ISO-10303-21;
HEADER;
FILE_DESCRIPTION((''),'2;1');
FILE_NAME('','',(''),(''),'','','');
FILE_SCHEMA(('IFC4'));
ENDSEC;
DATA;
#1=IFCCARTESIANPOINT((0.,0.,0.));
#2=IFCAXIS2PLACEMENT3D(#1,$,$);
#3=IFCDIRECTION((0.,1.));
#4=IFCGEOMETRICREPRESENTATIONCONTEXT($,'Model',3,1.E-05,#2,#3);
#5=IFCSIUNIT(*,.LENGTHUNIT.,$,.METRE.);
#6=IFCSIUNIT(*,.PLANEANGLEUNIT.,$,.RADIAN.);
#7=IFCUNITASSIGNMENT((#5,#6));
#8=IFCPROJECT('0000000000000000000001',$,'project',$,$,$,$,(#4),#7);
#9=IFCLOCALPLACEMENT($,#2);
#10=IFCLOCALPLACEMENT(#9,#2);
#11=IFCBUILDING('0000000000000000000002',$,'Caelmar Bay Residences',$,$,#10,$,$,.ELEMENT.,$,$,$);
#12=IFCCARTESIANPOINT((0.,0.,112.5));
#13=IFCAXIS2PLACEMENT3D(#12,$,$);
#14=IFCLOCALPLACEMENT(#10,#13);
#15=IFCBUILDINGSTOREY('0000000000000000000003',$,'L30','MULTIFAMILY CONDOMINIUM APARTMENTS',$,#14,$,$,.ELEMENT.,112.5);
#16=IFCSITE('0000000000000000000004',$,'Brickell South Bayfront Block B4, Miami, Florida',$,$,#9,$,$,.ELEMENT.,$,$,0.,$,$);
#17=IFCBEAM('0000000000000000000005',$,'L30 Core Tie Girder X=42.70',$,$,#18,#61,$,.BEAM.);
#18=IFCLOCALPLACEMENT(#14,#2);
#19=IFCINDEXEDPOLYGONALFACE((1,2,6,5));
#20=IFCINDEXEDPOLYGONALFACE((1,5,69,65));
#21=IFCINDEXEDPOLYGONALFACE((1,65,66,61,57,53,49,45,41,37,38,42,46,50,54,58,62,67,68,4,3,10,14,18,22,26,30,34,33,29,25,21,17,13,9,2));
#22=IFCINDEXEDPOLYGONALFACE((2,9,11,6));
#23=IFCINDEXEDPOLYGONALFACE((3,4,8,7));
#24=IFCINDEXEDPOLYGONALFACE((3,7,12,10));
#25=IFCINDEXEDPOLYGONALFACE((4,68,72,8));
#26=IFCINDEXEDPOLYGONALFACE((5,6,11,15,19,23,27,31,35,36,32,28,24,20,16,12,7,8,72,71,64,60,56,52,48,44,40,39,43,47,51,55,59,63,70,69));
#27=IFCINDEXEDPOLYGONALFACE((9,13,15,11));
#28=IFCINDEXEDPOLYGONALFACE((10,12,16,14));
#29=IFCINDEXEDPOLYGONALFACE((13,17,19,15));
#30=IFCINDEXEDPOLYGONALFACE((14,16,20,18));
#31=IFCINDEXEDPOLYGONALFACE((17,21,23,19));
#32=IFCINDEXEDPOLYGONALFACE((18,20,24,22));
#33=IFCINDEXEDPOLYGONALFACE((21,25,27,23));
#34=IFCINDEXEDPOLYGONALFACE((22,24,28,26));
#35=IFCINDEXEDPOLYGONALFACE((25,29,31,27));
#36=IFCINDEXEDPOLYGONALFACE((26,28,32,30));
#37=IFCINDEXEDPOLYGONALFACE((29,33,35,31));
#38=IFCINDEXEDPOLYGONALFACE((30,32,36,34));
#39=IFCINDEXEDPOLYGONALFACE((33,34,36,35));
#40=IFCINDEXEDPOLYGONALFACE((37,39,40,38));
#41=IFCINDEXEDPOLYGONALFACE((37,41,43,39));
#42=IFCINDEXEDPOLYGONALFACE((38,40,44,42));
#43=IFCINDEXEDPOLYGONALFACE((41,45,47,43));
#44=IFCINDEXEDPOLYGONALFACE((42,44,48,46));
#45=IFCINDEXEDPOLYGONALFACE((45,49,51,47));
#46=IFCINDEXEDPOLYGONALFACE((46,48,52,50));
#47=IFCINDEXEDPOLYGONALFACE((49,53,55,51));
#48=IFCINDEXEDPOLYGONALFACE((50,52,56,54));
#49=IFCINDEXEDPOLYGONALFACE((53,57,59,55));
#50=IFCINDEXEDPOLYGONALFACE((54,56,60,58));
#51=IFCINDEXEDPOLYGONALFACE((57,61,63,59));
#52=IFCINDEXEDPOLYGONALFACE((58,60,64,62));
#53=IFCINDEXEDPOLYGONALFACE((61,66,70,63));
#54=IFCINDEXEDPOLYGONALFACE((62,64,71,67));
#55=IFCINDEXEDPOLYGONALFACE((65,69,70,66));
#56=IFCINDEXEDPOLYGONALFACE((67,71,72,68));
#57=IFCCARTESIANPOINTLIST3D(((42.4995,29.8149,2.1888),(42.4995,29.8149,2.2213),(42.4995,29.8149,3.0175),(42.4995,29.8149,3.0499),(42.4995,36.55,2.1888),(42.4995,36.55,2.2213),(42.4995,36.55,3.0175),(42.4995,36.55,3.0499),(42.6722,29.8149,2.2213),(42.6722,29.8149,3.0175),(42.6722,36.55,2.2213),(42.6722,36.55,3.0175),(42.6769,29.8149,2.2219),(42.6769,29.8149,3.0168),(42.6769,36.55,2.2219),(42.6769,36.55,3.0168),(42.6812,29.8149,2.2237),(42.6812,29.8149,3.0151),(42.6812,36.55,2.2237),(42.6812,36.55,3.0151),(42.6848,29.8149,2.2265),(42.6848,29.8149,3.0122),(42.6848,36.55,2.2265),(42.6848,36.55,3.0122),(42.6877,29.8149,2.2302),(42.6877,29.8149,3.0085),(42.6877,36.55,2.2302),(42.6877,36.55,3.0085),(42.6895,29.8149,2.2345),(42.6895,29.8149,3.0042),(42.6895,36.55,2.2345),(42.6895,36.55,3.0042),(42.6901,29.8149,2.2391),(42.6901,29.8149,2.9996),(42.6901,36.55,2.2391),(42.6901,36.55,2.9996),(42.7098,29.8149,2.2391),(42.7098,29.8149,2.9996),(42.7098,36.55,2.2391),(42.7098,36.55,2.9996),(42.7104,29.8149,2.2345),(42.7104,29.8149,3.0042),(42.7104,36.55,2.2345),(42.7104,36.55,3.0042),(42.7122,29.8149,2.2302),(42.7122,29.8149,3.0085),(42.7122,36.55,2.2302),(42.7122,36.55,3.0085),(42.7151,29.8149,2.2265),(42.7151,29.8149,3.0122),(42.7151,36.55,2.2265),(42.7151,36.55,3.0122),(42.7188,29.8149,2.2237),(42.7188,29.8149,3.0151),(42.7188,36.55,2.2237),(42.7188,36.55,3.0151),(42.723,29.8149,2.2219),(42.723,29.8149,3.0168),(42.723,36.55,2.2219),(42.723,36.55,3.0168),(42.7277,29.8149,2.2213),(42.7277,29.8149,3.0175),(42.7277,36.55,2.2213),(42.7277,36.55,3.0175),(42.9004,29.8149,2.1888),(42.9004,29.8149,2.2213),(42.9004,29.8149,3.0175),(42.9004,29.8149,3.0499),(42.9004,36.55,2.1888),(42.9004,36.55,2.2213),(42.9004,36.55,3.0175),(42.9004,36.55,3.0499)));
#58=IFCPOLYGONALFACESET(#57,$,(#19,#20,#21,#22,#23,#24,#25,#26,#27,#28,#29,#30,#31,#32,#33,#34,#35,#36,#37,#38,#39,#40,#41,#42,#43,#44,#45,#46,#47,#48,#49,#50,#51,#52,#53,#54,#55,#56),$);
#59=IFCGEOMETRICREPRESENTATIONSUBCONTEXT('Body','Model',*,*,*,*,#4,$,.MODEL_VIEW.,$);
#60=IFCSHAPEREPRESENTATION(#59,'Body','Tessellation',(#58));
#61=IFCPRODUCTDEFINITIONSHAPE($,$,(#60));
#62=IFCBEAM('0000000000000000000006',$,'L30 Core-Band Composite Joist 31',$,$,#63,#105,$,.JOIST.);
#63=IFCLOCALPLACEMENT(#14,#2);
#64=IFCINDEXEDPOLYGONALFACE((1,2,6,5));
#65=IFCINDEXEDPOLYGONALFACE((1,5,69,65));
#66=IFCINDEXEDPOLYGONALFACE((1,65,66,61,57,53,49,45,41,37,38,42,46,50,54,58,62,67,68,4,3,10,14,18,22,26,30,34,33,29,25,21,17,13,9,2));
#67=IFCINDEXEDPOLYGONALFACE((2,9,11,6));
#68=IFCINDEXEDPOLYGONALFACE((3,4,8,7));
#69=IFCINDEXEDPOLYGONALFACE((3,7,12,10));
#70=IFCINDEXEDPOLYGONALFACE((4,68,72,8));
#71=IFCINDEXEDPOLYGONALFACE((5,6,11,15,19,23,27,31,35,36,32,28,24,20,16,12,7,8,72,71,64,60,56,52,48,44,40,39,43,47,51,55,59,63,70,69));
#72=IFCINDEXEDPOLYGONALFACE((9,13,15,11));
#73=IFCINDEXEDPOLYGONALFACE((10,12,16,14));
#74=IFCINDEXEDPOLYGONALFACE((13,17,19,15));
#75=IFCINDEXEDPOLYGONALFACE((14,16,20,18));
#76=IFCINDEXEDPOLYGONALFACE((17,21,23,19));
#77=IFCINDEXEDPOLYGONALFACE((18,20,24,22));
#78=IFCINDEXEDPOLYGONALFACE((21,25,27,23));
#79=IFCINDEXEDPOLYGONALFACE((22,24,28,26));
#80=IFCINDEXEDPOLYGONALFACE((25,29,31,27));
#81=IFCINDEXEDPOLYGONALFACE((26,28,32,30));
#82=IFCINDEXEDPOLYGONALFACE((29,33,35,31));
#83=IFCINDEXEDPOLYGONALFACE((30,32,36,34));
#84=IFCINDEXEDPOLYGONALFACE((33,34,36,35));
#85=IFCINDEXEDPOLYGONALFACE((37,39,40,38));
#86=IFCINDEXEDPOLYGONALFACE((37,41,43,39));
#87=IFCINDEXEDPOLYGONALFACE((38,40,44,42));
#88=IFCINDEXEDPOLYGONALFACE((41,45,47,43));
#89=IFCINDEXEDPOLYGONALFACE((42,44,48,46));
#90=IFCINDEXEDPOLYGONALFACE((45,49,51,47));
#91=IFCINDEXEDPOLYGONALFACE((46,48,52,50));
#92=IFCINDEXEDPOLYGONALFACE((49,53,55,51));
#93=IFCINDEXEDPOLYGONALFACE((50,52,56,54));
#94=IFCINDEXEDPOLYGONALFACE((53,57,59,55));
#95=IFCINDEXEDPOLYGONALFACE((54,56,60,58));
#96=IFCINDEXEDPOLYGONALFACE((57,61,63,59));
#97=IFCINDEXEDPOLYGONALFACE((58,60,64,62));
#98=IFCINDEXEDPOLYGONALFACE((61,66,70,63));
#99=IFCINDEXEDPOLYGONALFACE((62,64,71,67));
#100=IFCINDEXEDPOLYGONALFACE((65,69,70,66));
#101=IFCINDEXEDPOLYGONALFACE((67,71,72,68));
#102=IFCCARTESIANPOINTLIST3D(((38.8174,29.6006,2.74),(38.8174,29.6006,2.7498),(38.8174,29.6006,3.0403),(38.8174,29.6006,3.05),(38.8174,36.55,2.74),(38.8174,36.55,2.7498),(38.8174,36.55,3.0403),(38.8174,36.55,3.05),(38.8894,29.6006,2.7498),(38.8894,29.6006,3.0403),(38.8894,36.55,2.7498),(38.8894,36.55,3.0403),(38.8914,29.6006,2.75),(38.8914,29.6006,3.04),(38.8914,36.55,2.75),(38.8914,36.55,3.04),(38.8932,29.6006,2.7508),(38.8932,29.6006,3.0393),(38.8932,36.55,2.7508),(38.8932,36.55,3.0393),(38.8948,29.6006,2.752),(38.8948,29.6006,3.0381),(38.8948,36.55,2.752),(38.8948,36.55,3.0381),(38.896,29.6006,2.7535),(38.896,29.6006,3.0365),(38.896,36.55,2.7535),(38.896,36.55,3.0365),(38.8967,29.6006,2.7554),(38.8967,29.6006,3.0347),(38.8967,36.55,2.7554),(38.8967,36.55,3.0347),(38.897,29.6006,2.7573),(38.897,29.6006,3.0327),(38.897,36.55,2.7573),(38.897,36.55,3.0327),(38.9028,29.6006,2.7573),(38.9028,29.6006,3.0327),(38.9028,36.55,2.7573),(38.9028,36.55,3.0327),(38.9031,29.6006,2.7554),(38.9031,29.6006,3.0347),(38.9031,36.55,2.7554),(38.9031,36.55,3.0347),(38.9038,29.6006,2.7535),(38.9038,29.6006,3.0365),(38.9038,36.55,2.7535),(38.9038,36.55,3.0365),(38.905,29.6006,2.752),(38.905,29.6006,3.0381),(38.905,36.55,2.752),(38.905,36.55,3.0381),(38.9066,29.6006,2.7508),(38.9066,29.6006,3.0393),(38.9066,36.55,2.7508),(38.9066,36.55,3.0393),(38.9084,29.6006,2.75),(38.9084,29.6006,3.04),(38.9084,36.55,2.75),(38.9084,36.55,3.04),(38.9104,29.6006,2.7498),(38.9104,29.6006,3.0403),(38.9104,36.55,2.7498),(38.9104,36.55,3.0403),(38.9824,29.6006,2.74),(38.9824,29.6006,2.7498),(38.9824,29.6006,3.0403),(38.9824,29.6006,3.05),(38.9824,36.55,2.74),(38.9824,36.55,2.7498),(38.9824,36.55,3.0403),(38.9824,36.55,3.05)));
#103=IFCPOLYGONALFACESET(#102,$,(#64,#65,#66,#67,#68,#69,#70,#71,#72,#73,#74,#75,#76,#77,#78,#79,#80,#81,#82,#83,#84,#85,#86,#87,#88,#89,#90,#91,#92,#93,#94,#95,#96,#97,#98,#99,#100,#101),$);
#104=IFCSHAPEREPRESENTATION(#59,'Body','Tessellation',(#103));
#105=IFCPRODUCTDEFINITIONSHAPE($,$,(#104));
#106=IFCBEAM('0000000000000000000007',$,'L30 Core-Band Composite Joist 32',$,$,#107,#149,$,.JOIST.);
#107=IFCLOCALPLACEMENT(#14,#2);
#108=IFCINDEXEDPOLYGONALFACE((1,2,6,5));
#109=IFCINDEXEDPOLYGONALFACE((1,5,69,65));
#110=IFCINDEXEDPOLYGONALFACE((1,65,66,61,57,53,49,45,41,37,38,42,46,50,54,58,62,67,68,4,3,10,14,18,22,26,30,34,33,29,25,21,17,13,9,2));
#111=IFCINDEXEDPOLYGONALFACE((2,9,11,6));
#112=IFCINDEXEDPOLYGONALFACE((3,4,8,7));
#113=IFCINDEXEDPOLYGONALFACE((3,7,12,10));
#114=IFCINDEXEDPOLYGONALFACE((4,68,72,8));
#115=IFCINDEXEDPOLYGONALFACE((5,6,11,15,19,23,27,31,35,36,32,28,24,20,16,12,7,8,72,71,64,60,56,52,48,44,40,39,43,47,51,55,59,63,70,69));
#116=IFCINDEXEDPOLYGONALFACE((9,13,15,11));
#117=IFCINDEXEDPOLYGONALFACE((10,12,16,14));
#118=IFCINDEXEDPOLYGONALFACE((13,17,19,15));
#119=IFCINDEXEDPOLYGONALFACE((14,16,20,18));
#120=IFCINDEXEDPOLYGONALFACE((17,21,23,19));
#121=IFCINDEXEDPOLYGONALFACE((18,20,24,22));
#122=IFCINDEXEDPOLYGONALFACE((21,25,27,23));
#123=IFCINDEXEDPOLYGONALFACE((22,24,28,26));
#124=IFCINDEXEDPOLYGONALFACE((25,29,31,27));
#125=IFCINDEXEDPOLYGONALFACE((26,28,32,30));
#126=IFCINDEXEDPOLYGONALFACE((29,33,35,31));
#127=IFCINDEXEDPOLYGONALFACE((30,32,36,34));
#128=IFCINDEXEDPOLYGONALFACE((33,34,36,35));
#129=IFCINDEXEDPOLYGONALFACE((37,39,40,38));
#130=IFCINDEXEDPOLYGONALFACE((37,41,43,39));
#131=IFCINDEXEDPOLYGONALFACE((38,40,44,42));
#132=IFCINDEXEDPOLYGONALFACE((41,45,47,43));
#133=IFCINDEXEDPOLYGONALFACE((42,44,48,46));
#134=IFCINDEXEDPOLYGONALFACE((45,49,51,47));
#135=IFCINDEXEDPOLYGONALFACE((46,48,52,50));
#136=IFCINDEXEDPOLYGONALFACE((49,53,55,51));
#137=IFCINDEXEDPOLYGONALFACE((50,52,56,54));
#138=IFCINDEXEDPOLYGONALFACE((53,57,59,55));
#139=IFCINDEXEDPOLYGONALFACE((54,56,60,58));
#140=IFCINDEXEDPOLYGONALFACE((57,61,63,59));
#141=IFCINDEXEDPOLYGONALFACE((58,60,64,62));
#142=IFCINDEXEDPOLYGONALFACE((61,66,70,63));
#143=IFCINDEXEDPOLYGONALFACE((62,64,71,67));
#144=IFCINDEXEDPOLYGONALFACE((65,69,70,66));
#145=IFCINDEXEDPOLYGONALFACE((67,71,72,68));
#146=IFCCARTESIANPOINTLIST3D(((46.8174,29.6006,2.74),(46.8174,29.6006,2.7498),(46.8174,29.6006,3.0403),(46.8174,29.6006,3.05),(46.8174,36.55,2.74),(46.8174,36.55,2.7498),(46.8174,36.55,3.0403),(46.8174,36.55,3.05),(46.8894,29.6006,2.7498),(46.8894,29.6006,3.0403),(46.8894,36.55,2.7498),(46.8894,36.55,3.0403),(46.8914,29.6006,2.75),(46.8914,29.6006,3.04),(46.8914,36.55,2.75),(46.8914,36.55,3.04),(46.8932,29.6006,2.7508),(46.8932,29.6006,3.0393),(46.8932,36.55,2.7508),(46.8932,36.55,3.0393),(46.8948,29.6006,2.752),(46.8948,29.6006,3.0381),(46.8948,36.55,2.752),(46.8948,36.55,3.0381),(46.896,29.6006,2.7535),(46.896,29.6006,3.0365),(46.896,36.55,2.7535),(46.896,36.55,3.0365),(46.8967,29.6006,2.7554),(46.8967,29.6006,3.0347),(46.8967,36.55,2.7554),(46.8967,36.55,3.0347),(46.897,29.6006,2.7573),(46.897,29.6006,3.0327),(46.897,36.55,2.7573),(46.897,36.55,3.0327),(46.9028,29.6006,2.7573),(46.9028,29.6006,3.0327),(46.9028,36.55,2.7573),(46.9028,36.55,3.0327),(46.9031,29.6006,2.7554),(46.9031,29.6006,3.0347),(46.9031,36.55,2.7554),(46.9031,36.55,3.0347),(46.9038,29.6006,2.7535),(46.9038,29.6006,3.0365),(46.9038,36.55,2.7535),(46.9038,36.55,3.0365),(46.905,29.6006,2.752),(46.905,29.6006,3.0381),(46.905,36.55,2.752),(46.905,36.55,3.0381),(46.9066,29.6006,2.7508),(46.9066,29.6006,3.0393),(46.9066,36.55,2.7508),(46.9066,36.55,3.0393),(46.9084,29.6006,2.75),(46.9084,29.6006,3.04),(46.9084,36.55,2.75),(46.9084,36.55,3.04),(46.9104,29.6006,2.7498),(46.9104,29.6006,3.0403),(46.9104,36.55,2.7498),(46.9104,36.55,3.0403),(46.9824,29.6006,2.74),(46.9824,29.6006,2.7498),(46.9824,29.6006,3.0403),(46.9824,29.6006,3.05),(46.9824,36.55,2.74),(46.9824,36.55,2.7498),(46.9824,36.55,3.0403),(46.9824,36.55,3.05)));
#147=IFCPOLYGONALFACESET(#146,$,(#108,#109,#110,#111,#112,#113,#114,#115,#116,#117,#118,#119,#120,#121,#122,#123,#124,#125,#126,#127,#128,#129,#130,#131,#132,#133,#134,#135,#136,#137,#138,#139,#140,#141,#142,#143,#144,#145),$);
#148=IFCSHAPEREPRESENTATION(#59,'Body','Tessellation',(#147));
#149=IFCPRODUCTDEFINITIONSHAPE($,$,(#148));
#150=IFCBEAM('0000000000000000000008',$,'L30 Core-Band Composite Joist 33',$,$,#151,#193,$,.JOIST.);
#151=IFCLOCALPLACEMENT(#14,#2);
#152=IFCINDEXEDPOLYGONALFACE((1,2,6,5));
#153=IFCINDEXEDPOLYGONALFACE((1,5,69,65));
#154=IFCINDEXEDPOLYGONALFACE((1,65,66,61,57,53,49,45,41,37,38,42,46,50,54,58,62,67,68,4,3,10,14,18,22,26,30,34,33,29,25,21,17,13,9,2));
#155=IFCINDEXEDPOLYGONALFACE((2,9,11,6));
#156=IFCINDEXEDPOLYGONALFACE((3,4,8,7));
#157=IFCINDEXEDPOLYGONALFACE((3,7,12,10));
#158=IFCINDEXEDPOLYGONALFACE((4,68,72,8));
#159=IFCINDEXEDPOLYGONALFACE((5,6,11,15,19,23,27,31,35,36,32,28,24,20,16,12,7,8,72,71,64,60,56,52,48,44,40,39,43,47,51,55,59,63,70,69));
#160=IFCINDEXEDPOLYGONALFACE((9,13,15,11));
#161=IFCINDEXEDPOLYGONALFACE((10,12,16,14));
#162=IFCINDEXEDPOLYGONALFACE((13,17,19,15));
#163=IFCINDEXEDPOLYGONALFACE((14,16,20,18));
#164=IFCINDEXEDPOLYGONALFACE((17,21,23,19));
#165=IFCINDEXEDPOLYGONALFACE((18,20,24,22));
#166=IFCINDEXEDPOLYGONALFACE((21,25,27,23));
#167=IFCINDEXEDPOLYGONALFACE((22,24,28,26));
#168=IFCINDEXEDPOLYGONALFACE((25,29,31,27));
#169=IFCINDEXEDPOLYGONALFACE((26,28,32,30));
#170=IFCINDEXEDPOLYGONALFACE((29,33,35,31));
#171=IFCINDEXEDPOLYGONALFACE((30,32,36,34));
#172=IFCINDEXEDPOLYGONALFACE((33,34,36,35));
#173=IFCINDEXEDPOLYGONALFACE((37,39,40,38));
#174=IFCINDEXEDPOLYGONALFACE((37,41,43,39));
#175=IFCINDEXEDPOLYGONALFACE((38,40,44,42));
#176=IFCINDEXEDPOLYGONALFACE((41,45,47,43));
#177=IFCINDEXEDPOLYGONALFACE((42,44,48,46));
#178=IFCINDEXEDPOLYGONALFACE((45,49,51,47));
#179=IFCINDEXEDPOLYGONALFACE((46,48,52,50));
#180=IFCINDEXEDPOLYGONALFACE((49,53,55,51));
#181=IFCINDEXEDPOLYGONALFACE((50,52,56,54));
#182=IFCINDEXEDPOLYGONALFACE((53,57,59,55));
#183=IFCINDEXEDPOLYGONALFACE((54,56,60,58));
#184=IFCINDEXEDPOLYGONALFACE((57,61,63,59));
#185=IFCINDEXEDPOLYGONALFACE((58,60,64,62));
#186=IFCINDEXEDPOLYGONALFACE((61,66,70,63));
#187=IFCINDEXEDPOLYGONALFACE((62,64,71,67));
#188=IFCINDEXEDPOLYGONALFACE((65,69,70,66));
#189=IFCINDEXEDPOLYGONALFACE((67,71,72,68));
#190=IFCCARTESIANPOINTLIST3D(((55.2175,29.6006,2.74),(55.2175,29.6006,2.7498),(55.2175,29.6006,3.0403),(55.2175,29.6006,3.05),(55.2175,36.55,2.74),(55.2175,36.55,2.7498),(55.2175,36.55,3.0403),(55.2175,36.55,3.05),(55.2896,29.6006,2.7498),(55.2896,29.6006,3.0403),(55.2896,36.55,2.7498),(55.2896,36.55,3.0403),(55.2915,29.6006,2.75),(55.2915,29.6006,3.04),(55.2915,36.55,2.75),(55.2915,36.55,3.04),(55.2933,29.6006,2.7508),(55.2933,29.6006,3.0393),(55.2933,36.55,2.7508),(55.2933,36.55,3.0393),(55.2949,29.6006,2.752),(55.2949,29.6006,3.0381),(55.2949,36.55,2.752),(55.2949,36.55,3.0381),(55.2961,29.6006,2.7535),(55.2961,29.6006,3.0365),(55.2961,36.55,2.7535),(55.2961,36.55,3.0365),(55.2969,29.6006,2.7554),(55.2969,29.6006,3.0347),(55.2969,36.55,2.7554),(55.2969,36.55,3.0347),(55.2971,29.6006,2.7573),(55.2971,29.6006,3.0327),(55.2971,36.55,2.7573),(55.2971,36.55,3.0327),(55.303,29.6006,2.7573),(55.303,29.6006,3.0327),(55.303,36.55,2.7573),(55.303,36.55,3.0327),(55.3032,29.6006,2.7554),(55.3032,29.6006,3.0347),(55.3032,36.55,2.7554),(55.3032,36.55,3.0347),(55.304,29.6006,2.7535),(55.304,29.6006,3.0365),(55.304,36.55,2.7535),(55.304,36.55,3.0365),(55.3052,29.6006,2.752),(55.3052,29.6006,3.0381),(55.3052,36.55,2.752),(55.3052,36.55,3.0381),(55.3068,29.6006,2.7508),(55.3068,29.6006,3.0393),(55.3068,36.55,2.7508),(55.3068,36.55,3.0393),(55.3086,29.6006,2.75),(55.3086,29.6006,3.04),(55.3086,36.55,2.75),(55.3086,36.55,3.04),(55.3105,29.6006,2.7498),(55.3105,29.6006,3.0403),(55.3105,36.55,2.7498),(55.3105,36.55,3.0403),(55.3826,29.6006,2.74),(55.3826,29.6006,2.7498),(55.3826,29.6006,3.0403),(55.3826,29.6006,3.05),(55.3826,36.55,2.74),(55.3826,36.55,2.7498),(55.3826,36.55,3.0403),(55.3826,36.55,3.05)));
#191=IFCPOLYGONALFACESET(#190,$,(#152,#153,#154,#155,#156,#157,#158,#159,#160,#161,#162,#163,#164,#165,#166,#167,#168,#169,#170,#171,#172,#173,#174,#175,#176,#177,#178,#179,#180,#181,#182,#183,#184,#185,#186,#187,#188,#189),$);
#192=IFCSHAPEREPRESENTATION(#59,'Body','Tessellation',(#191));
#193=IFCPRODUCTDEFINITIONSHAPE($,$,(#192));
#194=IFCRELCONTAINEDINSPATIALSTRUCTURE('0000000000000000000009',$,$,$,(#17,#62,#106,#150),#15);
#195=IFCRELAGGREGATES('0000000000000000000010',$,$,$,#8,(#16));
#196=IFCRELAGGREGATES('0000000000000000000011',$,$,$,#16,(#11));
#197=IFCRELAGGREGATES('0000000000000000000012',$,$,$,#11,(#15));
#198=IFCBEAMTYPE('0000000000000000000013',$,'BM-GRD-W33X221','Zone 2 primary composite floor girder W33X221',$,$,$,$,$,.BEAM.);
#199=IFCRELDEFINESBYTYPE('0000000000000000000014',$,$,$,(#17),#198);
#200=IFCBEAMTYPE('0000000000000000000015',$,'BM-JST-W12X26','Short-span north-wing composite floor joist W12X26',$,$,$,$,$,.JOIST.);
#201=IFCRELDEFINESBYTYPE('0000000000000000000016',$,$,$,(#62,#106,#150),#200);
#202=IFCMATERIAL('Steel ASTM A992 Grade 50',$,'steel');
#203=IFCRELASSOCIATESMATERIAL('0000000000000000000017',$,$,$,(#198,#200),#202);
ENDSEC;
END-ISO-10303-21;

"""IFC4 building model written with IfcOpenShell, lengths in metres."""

from ifc_helpers import new_model, si_unit, direction, frame, origin, origin_2d, place, context, subcontext, project, spatial, i_section, extrude, material, material_profile, profile_set, type_object, element, save


model = new_model("IFC4")

# Units and contexts
model_context = context("Model", 3, precision=1e-05, world=origin(), true_north=direction((0.0, 1.0)))
body_context = subcontext(model_context, "Body", "Model", "MODEL_VIEW")
ifc_project = project(units=[si_unit("LENGTHUNIT", "METRE"), si_unit("PLANEANGLEUNIT", "RADIAN")], contexts=[model_context])

# Site, building, storey
site_placement = place(None, origin())
site = spatial("IfcSite", under=ifc_project, at=site_placement, Name="Brickell South Bayfront Block B4, Miami, Florida", CompositionType="ELEMENT", RefElevation=0.0)
building_placement = place(site_placement, origin())
building = spatial("IfcBuilding", under=site, at=building_placement, Name="Caelmar Bay Residences", CompositionType="ELEMENT")
storey_placement = place(building_placement, frame((0.0, 0.0, 112.5)))
storey = spatial("IfcBuildingStorey", under=building, at=storey_placement, Name="L30", Description="MULTIFAMILY CONDOMINIUM APARTMENTS", CompositionType="ELEMENT", Elevation=112.5)

# Beams
ifc_material_1 = material(Name="Steel ASTM A992 Grade 50", Category="steel")
ifc_material_profile_1 = material_profile(ifc_material_1, i_section(OverallWidth=0.4009, OverallDepth=0.8611, WebThickness=0.0198, FlangeThickness=0.0325, FilletRadius=0.0178, at=origin_2d()), Name="W33X221")
ifc_profile_set_1 = profile_set([ifc_material_profile_1], Name="Steel ASTM A992 Grade 50")
beam_type_1 = type_object("IfcBeamType", Name="BM-GRD-W33X221", Description="Zone 2 primary composite floor girder W33X221", PredefinedType="BEAM", material=ifc_profile_set_1)
beam_1_placement = place(storey_placement, frame((42.7, 29.8149, 2.6194), z_axis=(0.0, 1.0, 0.0), x_axis=(-1.0, 0.0, 0.0)))
element("IfcBeam", 1, at=beam_1_placement, inside=storey, type_object=beam_type_1, Name="L30 Core Tie Girder X=42.70", PredefinedType="BEAM", context=body_context, shape_type="SweptSolid", body=[
    extrude(i_section(OverallWidth=0.4009, OverallDepth=0.8611, WebThickness=0.0198, FlangeThickness=0.0325, FilletRadius=0.0178, at=origin_2d()), origin(), (0.0, 0.0, 1.0), 6.7351),
])
ifc_material_profile_2 = material_profile(ifc_material_1, i_section(OverallWidth=0.165, OverallDepth=0.3101, WebThickness=0.0059, FlangeThickness=0.0098, FilletRadius=0.0076, at=origin_2d()), Name="W12X26")
ifc_profile_set_2 = profile_set([ifc_material_profile_2], Name="Steel ASTM A992 Grade 50")
beam_type_2 = type_object("IfcBeamType", Name="BM-JST-W12X26", Description="Short-span north-wing composite floor joist W12X26", PredefinedType="JOIST", material=ifc_profile_set_2)
for number, where, z_axis, x_axis, name in (
    (2, (38.8999, 29.6006, 2.895), (0.0, 1.0, 0.0), (-1.0, 0.0, 0.0), "L30 Core-Band Composite Joist 31"),
    (3, (46.8999, 29.6006, 2.895), (0.0, 1.0, 0.0), (-1.0, 0.0, 0.0), "L30 Core-Band Composite Joist 32"),
    (4, (55.3, 29.6006, 2.895), (0.0, 1.0, 0.0), (-1.0, 0.0, 0.0), "L30 Core-Band Composite Joist 33"),
):
    element("IfcBeam", number, at=place(storey_placement, frame(where, z_axis=z_axis, x_axis=x_axis)), inside=storey, type_object=beam_type_2, Name=name, PredefinedType="JOIST", context=body_context, shape_type="SweptSolid", body=[
        extrude(i_section(OverallWidth=0.165, OverallDepth=0.3101, WebThickness=0.0059, FlangeThickness=0.0098, FilletRadius=0.0076, at=origin_2d()), origin(), (0.0, 0.0, 1.0), 6.9495),
    ])

save(model, "model.ifc")
